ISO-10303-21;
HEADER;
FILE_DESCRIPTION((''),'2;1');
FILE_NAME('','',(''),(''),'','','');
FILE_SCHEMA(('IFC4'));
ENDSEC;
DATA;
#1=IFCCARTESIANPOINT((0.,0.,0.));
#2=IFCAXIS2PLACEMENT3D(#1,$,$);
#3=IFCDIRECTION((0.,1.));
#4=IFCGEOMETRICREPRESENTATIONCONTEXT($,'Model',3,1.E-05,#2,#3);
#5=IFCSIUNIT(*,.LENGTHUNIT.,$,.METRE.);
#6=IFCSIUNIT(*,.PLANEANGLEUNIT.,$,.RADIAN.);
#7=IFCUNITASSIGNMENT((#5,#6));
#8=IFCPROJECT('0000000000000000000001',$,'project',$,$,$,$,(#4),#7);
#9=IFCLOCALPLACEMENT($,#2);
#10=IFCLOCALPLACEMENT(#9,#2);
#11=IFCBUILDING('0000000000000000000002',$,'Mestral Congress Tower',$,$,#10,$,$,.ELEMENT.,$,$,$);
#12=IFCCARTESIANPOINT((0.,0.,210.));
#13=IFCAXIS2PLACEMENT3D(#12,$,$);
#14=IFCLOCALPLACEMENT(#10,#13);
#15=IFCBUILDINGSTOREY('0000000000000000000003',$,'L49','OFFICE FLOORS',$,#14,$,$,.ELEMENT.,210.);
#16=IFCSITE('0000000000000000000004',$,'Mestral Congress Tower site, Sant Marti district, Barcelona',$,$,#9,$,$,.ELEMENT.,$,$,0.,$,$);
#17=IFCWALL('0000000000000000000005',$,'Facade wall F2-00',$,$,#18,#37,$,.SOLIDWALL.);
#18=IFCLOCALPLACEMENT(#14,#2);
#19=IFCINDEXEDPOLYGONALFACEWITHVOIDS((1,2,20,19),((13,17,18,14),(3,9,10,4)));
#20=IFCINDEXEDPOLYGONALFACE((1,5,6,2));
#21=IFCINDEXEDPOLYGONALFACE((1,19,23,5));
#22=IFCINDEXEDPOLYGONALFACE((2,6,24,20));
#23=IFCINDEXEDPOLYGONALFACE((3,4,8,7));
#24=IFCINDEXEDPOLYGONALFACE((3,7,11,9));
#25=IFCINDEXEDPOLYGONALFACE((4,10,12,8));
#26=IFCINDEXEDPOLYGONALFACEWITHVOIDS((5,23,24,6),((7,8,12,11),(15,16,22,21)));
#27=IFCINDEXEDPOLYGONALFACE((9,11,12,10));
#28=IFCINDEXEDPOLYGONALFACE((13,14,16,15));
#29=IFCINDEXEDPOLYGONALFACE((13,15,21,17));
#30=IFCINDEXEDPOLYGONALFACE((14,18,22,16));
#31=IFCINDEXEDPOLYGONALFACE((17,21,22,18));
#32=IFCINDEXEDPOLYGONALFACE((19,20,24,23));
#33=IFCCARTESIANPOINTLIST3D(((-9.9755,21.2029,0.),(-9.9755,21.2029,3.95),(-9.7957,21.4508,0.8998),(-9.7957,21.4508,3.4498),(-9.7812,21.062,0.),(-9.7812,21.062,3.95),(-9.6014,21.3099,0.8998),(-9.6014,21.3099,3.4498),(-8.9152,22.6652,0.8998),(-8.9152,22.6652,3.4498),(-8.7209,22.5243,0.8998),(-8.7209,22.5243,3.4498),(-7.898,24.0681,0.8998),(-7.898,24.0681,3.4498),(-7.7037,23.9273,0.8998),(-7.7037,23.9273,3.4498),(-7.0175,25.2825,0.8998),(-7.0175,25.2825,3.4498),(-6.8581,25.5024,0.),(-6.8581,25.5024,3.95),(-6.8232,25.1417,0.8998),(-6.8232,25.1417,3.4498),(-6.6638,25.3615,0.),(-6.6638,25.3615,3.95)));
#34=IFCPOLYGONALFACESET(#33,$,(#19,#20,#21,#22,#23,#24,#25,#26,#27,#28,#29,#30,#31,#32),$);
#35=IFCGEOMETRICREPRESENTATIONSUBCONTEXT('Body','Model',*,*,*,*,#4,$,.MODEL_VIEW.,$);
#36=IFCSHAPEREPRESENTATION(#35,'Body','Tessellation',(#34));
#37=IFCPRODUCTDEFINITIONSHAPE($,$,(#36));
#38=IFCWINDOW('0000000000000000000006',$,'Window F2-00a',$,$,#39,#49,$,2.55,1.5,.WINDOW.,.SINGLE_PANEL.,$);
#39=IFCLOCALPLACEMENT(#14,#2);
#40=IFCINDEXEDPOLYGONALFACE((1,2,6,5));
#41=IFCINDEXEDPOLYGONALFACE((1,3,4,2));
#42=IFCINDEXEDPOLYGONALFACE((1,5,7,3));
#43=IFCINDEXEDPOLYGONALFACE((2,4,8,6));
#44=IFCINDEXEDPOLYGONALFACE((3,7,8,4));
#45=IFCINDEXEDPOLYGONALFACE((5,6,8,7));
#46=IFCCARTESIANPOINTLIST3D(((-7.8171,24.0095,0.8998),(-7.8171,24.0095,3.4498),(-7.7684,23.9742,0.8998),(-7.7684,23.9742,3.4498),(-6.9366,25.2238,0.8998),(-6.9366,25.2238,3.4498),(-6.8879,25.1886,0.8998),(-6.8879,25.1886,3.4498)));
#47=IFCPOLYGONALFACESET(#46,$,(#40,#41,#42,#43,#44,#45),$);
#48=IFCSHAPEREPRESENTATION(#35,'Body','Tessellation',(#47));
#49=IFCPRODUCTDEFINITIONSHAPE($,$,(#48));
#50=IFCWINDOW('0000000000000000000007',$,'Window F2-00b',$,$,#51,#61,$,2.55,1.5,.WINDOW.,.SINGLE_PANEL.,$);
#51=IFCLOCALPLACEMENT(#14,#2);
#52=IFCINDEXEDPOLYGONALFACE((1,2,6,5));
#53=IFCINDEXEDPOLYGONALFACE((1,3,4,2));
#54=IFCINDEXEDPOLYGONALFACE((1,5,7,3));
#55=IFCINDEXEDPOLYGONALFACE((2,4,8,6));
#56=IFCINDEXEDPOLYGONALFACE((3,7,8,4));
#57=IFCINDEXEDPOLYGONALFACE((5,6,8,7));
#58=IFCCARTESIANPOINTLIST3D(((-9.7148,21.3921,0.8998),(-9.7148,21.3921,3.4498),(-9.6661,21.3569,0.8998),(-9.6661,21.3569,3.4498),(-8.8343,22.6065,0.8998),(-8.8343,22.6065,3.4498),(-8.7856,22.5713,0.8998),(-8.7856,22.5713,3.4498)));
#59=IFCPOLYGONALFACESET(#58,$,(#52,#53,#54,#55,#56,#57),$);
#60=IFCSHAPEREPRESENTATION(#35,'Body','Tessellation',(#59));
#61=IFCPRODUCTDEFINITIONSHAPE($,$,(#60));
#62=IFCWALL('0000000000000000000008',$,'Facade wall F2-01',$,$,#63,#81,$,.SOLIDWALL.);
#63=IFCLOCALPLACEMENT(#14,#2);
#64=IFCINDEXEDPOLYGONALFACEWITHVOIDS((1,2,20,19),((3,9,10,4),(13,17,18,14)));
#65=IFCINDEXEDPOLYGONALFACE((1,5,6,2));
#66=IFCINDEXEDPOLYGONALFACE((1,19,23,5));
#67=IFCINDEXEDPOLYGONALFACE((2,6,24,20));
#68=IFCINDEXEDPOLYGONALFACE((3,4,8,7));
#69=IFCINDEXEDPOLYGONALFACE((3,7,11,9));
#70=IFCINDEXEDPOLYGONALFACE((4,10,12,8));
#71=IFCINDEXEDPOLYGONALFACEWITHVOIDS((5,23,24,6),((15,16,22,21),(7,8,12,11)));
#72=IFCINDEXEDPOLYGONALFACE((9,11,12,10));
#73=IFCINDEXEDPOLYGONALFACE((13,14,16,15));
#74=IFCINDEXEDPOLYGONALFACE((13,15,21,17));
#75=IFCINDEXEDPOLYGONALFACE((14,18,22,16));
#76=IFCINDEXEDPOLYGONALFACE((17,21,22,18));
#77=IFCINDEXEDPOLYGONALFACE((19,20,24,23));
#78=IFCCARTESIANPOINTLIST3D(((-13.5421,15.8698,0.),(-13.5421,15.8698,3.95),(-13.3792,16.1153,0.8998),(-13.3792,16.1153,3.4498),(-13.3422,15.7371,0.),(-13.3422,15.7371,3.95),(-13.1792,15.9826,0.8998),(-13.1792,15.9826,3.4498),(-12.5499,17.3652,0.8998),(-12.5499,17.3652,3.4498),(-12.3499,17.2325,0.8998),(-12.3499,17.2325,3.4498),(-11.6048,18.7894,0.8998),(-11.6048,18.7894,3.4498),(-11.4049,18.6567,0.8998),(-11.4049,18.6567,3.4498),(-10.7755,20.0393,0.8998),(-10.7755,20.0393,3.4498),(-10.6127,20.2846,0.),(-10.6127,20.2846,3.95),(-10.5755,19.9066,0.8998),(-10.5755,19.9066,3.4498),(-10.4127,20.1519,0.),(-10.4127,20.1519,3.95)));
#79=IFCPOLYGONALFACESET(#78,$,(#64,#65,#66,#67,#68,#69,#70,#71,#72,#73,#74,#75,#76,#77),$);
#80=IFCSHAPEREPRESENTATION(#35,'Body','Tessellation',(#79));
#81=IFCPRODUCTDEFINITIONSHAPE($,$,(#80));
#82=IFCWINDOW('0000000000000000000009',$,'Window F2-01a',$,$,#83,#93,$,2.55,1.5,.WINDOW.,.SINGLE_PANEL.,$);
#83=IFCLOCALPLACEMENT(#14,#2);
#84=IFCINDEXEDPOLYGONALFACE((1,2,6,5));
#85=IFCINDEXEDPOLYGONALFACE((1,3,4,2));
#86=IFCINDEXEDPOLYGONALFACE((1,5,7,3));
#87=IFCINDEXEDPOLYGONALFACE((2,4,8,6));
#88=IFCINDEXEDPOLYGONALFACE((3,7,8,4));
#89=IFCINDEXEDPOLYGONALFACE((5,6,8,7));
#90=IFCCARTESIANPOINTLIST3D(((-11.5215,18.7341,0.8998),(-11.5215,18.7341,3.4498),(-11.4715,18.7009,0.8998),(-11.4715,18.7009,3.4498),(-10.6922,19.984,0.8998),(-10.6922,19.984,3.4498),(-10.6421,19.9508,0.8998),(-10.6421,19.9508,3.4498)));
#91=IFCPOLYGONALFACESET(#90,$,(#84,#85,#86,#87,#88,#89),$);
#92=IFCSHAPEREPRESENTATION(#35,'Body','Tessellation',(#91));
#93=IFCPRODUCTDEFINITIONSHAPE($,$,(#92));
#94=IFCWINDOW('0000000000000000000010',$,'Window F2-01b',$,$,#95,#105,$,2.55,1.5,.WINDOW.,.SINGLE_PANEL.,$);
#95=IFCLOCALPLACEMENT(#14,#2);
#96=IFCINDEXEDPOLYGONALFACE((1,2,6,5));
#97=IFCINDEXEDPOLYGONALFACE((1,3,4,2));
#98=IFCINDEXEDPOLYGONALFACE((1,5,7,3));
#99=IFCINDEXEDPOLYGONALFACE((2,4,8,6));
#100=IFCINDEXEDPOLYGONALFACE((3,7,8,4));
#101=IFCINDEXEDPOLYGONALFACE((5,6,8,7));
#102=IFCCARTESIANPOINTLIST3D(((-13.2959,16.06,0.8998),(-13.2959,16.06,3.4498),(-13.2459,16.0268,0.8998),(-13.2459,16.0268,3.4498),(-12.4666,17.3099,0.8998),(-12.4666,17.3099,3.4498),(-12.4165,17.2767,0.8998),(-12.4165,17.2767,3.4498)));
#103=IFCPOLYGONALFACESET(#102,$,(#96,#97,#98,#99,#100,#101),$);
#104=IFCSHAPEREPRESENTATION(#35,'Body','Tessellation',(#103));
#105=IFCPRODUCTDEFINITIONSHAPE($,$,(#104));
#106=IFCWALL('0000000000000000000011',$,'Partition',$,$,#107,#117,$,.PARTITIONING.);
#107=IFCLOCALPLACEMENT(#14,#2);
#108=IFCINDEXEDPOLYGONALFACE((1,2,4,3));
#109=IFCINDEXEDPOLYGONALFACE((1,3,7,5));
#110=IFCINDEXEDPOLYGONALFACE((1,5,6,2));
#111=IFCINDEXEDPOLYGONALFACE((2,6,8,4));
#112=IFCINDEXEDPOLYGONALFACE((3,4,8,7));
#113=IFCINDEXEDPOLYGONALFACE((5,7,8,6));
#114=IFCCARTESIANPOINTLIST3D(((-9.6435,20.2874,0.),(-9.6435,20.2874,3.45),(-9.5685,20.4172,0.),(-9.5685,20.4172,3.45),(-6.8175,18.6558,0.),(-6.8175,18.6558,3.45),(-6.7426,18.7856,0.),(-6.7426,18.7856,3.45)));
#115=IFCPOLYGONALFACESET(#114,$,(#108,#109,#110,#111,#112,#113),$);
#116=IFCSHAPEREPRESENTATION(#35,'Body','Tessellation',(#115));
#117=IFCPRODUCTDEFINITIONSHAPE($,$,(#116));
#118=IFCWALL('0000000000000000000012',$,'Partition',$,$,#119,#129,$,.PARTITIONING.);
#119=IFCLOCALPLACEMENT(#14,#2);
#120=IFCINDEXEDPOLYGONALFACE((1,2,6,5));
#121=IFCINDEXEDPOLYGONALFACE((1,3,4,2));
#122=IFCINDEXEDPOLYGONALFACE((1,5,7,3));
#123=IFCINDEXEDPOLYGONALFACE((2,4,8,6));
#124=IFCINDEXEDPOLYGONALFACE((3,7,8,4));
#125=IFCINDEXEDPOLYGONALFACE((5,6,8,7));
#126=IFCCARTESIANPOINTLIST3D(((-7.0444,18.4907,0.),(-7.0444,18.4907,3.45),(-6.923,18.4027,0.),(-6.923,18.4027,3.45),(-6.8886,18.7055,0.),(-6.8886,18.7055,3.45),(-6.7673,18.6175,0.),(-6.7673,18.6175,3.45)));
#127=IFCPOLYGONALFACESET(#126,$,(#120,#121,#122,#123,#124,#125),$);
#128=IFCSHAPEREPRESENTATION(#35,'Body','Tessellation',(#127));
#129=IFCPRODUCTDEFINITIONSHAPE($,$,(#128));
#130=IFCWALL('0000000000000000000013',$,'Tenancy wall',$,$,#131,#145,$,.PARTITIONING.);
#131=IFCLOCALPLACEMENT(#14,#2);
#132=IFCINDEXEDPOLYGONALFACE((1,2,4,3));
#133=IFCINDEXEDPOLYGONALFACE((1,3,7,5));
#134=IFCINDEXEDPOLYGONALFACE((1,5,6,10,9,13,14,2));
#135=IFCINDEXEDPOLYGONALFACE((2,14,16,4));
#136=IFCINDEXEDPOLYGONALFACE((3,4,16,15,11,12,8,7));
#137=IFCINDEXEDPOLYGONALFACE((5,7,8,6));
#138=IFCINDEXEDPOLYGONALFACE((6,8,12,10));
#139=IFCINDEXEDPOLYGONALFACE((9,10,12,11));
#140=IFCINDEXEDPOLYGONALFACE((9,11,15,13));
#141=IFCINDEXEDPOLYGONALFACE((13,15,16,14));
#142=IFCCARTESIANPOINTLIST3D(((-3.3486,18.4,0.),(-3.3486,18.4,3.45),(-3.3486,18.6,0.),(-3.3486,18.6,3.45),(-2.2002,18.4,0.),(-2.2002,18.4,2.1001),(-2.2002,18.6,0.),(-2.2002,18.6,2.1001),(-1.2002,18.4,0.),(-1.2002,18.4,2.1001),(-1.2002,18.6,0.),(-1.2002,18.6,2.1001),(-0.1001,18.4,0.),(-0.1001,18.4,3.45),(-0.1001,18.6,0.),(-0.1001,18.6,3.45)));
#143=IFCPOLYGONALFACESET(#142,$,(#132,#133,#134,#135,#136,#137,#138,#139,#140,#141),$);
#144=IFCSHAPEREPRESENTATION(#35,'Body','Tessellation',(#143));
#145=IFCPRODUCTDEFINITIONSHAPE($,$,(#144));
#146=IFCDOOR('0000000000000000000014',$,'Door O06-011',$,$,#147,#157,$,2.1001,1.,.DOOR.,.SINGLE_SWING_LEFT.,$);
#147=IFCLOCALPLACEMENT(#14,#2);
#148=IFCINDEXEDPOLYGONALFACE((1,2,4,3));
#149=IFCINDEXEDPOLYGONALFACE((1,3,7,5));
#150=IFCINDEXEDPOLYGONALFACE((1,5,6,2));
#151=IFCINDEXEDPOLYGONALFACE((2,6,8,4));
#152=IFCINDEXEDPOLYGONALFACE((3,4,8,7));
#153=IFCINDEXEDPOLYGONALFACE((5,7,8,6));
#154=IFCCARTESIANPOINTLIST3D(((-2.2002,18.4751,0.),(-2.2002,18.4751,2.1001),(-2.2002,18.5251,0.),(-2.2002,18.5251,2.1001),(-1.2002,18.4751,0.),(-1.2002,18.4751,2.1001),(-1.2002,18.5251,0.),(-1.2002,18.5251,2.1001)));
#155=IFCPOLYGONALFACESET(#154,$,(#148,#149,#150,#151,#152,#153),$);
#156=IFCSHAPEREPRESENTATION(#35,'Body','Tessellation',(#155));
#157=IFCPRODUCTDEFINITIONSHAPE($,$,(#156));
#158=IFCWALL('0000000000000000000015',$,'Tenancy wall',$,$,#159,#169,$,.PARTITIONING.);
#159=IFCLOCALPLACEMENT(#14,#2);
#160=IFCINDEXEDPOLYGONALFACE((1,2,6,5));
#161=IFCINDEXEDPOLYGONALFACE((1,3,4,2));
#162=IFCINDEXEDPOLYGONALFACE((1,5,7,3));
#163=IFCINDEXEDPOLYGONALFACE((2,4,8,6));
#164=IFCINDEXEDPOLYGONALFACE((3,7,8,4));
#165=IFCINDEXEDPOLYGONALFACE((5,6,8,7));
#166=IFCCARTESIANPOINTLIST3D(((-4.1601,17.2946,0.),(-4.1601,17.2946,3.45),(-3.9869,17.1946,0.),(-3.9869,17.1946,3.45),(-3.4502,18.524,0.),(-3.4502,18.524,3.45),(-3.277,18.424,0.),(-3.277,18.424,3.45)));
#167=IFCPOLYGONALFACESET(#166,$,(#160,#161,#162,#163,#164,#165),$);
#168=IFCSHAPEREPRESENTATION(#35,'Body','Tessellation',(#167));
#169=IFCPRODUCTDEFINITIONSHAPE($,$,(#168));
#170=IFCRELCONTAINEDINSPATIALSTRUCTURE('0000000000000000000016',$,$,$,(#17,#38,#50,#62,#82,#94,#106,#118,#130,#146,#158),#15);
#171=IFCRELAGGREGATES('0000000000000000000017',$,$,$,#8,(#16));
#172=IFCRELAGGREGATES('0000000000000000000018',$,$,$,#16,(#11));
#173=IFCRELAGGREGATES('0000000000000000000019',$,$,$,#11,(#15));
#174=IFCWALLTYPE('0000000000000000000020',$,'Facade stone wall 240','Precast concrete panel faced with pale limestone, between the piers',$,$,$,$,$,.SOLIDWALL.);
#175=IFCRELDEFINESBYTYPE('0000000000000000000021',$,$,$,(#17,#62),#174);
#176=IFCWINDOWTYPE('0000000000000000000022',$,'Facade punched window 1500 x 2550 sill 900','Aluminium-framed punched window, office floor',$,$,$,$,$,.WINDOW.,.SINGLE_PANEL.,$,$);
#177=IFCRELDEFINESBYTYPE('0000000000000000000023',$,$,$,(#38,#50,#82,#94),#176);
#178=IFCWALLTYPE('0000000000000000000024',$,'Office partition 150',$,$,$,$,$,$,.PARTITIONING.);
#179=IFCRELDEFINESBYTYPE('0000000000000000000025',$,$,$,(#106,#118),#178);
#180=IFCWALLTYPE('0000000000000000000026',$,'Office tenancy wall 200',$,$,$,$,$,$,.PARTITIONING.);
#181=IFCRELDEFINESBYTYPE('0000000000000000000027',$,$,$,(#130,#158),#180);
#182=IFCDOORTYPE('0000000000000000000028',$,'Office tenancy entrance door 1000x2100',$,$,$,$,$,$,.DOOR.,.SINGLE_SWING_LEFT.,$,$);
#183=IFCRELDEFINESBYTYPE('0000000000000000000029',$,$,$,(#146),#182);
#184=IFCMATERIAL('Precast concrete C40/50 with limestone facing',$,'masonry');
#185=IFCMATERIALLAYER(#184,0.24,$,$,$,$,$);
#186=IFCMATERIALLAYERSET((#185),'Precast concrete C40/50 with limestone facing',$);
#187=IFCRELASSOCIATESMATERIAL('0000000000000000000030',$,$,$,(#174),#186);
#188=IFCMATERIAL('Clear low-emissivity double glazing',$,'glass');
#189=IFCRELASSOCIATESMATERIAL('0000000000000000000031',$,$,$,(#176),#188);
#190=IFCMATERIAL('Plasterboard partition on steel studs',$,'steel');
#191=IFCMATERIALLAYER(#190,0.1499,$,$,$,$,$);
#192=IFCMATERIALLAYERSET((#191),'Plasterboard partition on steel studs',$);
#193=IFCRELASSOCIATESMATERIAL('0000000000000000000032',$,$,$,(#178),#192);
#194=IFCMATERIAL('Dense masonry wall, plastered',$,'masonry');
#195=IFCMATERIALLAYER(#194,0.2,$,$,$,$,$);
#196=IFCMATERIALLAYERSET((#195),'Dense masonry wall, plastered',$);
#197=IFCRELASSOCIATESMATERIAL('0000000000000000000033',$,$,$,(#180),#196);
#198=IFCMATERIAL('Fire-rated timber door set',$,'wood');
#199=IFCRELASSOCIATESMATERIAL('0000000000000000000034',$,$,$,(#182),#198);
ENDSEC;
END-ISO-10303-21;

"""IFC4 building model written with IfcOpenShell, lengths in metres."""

from ifc_helpers import new_model, si_unit, direction, frame, frame_2d, origin, place, context, subcontext, project, spatial, rectangle, extrude, material, layer, layer_set, type_object, element, fill, save


model = new_model("IFC4")

# Units and contexts
model_context = context("Model", 3, precision=1e-05, world=origin(), true_north=direction((0.0, 1.0)))
body_context = subcontext(model_context, "Body", "Model", "MODEL_VIEW")
ifc_project = project(units=[si_unit("LENGTHUNIT", "METRE"), si_unit("PLANEANGLEUNIT", "RADIAN")], contexts=[model_context])

# Site, building, storey
site_placement = place(None, origin())
site = spatial("IfcSite", under=ifc_project, at=site_placement, Name="Mestral Congress Tower site, Sant Marti district, Barcelona", CompositionType="ELEMENT", RefElevation=0.0)
building_placement = place(site_placement, origin())
building = spatial("IfcBuilding", under=site, at=building_placement, Name="Mestral Congress Tower", CompositionType="ELEMENT")
storey_placement = place(building_placement, frame((0.0, 0.0, 210.0)))
storey = spatial("IfcBuildingStorey", under=building, at=storey_placement, Name="L49", Description="OFFICE FLOORS", CompositionType="ELEMENT", Elevation=210.0)

# Shared definitions
ifc_material_1 = material(Name="Precast concrete C40/50 with limestone facing", Category="masonry")
ifc_layer_1 = layer(ifc_material_1, 0.24)
ifc_layer_set_1 = layer_set([ifc_layer_1], Name="Precast concrete C40/50 with limestone facing")
wall_type_1 = type_object("IfcWallType", Name="Facade stone wall 240", Description="Precast concrete panel faced with pale limestone, between the piers", PredefinedType="SOLIDWALL", material=ifc_layer_set_1)
ifc_material_2 = material(Name="Clear low-emissivity double glazing", Category="glass")

# Walls, openings, windows
wall_1_placement = place(storey_placement, frame((-6.761, 25.4319, 0.0), z_axis=(0.0, 0.0, 1.0), x_axis=(-0.586998, -0.809588, 0.0)))
wall_1 = element("IfcWall", 1, at=wall_1_placement, inside=storey, type_object=wall_type_1, Name="Facade wall F2-00", PredefinedType="SOLIDWALL", context=body_context, shape_type="SweptSolid", body=[
    extrude(rectangle(XDim=5.3108, YDim=0.24, at=frame_2d((2.6553, 0.0))), origin(), (0.0, 0.0, 1.0), 3.95),
])
opening_1_placement = place(wall_1_placement, frame((0.2715, 0.0, 0.8999)))
opening_1 = element("IfcOpeningElement", 2, at=opening_1_placement, cuts=wall_1, PredefinedType="OPENING", context=body_context, shape_type="SweptSolid", body=[
    extrude(rectangle(XDim=1.5, YDim=2.55, at=frame_2d((0.75, 1.2749))), frame((0.0, 0.1299, 0.0), z_axis=(0.0, -1.0, 0.0), x_axis=(1.0, 0.0, 0.0)), (0.0, 0.0, 1.0), 0.26),
])
opening_2_placement = place(wall_1_placement, frame((3.5044, 0.0, 0.8999)))
opening_2 = element("IfcOpeningElement", 3, at=opening_2_placement, cuts=wall_1, PredefinedType="OPENING", context=body_context, shape_type="SweptSolid", body=[
    extrude(rectangle(XDim=1.5, YDim=2.55, at=frame_2d((0.75, 1.2749))), frame((0.0, 0.1299, 0.0), z_axis=(0.0, -1.0, 0.0), x_axis=(1.0, 0.0, 0.0)), (0.0, 0.0, 1.0), 0.26),
])
window_type_1 = type_object("IfcWindowType", Name="Facade punched window 1500 x 2550 sill 900", Description="Aluminium-framed punched window, office floor", PartitioningType="SINGLE_PANEL", PredefinedType="WINDOW", material=ifc_material_2)
window_1_placement = place(opening_1_placement, origin())
window_1 = element("IfcWindow", 4, at=window_1_placement, inside=storey, type_object=window_type_1, Name="Window F2-00a", OverallHeight=2.55, OverallWidth=1.5, PartitioningType="SINGLE_PANEL", PredefinedType="WINDOW", context=body_context, shape_type="SweptSolid", body=[
    extrude(rectangle(XDim=1.5, YDim=2.55, at=frame_2d((0.75, 1.2749))), frame((0.0, 0.04, 0.0), z_axis=(0.0, -1.0, 0.0), x_axis=(1.0, 0.0, 0.0)), (0.0, 0.0, 1.0), 0.0601),
])
fill(opening_1, window_1)
window_2_placement = place(opening_2_placement, origin())
window_2 = element("IfcWindow", 5, at=window_2_placement, inside=storey, type_object=window_type_1, Name="Window F2-00b", OverallHeight=2.55, OverallWidth=1.5, PartitioningType="SINGLE_PANEL", PredefinedType="WINDOW", context=body_context, shape_type="SweptSolid", body=[
    extrude(rectangle(XDim=1.5, YDim=2.55, at=frame_2d((0.75, 1.2749))), frame((0.0, 0.04, 0.0), z_axis=(0.0, -1.0, 0.0), x_axis=(1.0, 0.0, 0.0)), (0.0, 0.0, 1.0), 0.0601),
])
fill(opening_2, window_2)
wall_2_placement = place(storey_placement, frame((-10.5127, 20.2183, 0.0), z_axis=(0.0, 0.0, 1.0), x_axis=(-0.552902, -0.833246, 0.0)))
wall_2 = element("IfcWall", 6, at=wall_2_placement, inside=storey, type_object=wall_type_1, Name="Facade wall F2-01", PredefinedType="SOLIDWALL", context=body_context, shape_type="SweptSolid", body=[
    extrude(rectangle(XDim=5.2983, YDim=0.24, at=frame_2d((2.6492, 0.0))), origin(), (0.0, 0.0, 1.0), 3.95),
])
opening_3_placement = place(wall_2_placement, frame((0.2944, 0.0, 0.8999)))
opening_3 = element("IfcOpeningElement", 7, at=opening_3_placement, cuts=wall_2, PredefinedType="OPENING", context=body_context, shape_type="SweptSolid", body=[
    extrude(rectangle(XDim=1.5, YDim=2.55, at=frame_2d((0.75, 1.2749))), frame((0.0, 0.1299, 0.0), z_axis=(0.0, -1.0, 0.0), x_axis=(1.0, 0.0, 0.0)), (0.0, 0.0, 1.0), 0.26),
])
opening_4_placement = place(wall_2_placement, frame((3.5037, 0.0, 0.8999)))
opening_4 = element("IfcOpeningElement", 8, at=opening_4_placement, cuts=wall_2, PredefinedType="OPENING", context=body_context, shape_type="SweptSolid", body=[
    extrude(rectangle(XDim=1.5, YDim=2.55, at=frame_2d((0.75, 1.2749))), frame((0.0, 0.1299, 0.0), z_axis=(0.0, -1.0, 0.0), x_axis=(1.0, 0.0, 0.0)), (0.0, 0.0, 1.0), 0.26),
])
window_3_placement = place(opening_3_placement, origin())
window_3 = element("IfcWindow", 9, at=window_3_placement, inside=storey, type_object=window_type_1, Name="Window F2-01a", OverallHeight=2.55, OverallWidth=1.5, PartitioningType="SINGLE_PANEL", PredefinedType="WINDOW", context=body_context, shape_type="SweptSolid", body=[
    extrude(rectangle(XDim=1.5, YDim=2.55, at=frame_2d((0.75, 1.2749))), frame((0.0, 0.04, 0.0), z_axis=(0.0, -1.0, 0.0), x_axis=(1.0, 0.0, 0.0)), (0.0, 0.0, 1.0), 0.0601),
])
fill(opening_3, window_3)
window_4_placement = place(opening_4_placement, origin())
window_4 = element("IfcWindow", 10, at=window_4_placement, inside=storey, type_object=window_type_1, Name="Window F2-01b", OverallHeight=2.55, OverallWidth=1.5, PartitioningType="SINGLE_PANEL", PredefinedType="WINDOW", context=body_context, shape_type="SweptSolid", body=[
    extrude(rectangle(XDim=1.5, YDim=2.55, at=frame_2d((0.75, 1.2749))), frame((0.0, 0.04, 0.0), z_axis=(0.0, -1.0, 0.0), x_axis=(1.0, 0.0, 0.0)), (0.0, 0.0, 1.0), 0.0601),
])
fill(opening_4, window_4)

# Walls
ifc_material_3 = material(Name="Plasterboard partition on steel studs", Category="steel")
ifc_layer_2 = layer(ifc_material_3, 0.1499)
ifc_layer_set_2 = layer_set([ifc_layer_2], Name="Plasterboard partition on steel studs")
wall_type_2 = type_object("IfcWallType", Name="Office partition 150", PredefinedType="PARTITIONING", material=ifc_layer_set_2)
wall_3_placement = place(storey_placement, frame((-6.78, 18.7207, 0.0), z_axis=(0.0, 0.0, 1.0), x_axis=(-0.86602, 0.50001, 0.0)))
element("IfcWall", 11, at=wall_3_placement, inside=storey, type_object=wall_type_2, Name="Partition", PredefinedType="PARTITIONING", context=body_context, shape_type="SweptSolid", body=[
    extrude(rectangle(XDim=3.2632, YDim=0.1499, at=frame_2d((1.6316, 0.0))), origin(), (0.0, 0.0, 1.0), 3.45),
])
wall_4_placement = place(storey_placement, frame((-6.8279, 18.6616, 0.0), z_axis=(0.0, 0.0, 1.0), x_axis=(-0.586968, -0.80961, 0.0)))
element("IfcWall", 12, at=wall_4_placement, inside=storey, type_object=wall_type_2, Name="Partition", PredefinedType="PARTITIONING", context=body_context, shape_type="SweptSolid", body=[
    extrude(rectangle(XDim=0.2654, YDim=0.1499, at=frame_2d((0.1328, 0.0))), origin(), (0.0, 0.0, 1.0), 3.45),
])

# Wall, opening, door
ifc_material_4 = material(Name="Dense masonry wall, plastered", Category="masonry")
ifc_layer_3 = layer(ifc_material_4, 0.2)
ifc_layer_set_3 = layer_set([ifc_layer_3], Name="Dense masonry wall, plastered")
wall_type_3 = type_object("IfcWallType", Name="Office tenancy wall 200", PredefinedType="PARTITIONING", material=ifc_layer_set_3)
wall_5_placement = place(storey_placement, frame((-0.1001, 18.5, 0.0), z_axis=(0.0, 0.0, 1.0), x_axis=(-1.0, 0.0, 0.0)))
wall_5 = element("IfcWall", 13, at=wall_5_placement, inside=storey, type_object=wall_type_3, Name="Tenancy wall", PredefinedType="PARTITIONING", context=body_context, shape_type="SweptSolid", body=[
    extrude(rectangle(XDim=3.2485, YDim=0.2, at=frame_2d((1.6243, 0.0))), origin(), (0.0, 0.0, 1.0), 3.45),
])
opening_5_placement = place(wall_5_placement, frame((1.1001, 0.0, 0.0)))
opening_5 = element("IfcOpeningElement", 14, at=opening_5_placement, cuts=wall_5, PredefinedType="OPENING", context=body_context, shape_type="SweptSolid", body=[
    extrude(rectangle(XDim=1.0, YDim=2.1001, at=frame_2d((0.5, 1.05))), frame((0.0, 0.1099, 0.0), z_axis=(0.0, -1.0, 0.0), x_axis=(1.0, 0.0, 0.0)), (0.0, 0.0, 1.0), 0.22),
])
ifc_material_5 = material(Name="Fire-rated timber door set", Category="wood")
door_type = type_object("IfcDoorType", Name="Office tenancy entrance door 1000x2100", OperationType="SINGLE_SWING_LEFT", PredefinedType="DOOR", material=ifc_material_5)
door_placement = place(opening_5_placement, origin())
door = element("IfcDoor", 15, at=door_placement, inside=storey, type_object=door_type, Name="Door O06-011", OperationType="SINGLE_SWING_LEFT", OverallHeight=2.1001, OverallWidth=1.0, PredefinedType="DOOR", context=body_context, shape_type="SweptSolid", body=[
    extrude(rectangle(XDim=1.0, YDim=2.1001, at=frame_2d((0.5, 1.05))), frame((0.0, 0.0249, 0.0), z_axis=(0.0, -1.0, 0.0), x_axis=(1.0, 0.0, 0.0)), (0.0, 0.0, 1.0), 0.05),
])
fill(opening_5, door)

# Wall
wall_6_placement = place(storey_placement, frame((-3.3635, 18.4741, 0.0), z_axis=(0.0, 0.0, 1.0), x_axis=(-0.50006, -0.865991, 0.0)))
element("IfcWall", 16, at=wall_6_placement, inside=storey, type_object=wall_type_3, Name="Tenancy wall", PredefinedType="PARTITIONING", context=body_context, shape_type="SweptSolid", body=[
    extrude(rectangle(XDim=1.4197, YDim=0.2, at=frame_2d((0.71, 0.0))), origin(), (0.0, 0.0, 1.0), 3.45),
])

save(model, "model.ifc")
